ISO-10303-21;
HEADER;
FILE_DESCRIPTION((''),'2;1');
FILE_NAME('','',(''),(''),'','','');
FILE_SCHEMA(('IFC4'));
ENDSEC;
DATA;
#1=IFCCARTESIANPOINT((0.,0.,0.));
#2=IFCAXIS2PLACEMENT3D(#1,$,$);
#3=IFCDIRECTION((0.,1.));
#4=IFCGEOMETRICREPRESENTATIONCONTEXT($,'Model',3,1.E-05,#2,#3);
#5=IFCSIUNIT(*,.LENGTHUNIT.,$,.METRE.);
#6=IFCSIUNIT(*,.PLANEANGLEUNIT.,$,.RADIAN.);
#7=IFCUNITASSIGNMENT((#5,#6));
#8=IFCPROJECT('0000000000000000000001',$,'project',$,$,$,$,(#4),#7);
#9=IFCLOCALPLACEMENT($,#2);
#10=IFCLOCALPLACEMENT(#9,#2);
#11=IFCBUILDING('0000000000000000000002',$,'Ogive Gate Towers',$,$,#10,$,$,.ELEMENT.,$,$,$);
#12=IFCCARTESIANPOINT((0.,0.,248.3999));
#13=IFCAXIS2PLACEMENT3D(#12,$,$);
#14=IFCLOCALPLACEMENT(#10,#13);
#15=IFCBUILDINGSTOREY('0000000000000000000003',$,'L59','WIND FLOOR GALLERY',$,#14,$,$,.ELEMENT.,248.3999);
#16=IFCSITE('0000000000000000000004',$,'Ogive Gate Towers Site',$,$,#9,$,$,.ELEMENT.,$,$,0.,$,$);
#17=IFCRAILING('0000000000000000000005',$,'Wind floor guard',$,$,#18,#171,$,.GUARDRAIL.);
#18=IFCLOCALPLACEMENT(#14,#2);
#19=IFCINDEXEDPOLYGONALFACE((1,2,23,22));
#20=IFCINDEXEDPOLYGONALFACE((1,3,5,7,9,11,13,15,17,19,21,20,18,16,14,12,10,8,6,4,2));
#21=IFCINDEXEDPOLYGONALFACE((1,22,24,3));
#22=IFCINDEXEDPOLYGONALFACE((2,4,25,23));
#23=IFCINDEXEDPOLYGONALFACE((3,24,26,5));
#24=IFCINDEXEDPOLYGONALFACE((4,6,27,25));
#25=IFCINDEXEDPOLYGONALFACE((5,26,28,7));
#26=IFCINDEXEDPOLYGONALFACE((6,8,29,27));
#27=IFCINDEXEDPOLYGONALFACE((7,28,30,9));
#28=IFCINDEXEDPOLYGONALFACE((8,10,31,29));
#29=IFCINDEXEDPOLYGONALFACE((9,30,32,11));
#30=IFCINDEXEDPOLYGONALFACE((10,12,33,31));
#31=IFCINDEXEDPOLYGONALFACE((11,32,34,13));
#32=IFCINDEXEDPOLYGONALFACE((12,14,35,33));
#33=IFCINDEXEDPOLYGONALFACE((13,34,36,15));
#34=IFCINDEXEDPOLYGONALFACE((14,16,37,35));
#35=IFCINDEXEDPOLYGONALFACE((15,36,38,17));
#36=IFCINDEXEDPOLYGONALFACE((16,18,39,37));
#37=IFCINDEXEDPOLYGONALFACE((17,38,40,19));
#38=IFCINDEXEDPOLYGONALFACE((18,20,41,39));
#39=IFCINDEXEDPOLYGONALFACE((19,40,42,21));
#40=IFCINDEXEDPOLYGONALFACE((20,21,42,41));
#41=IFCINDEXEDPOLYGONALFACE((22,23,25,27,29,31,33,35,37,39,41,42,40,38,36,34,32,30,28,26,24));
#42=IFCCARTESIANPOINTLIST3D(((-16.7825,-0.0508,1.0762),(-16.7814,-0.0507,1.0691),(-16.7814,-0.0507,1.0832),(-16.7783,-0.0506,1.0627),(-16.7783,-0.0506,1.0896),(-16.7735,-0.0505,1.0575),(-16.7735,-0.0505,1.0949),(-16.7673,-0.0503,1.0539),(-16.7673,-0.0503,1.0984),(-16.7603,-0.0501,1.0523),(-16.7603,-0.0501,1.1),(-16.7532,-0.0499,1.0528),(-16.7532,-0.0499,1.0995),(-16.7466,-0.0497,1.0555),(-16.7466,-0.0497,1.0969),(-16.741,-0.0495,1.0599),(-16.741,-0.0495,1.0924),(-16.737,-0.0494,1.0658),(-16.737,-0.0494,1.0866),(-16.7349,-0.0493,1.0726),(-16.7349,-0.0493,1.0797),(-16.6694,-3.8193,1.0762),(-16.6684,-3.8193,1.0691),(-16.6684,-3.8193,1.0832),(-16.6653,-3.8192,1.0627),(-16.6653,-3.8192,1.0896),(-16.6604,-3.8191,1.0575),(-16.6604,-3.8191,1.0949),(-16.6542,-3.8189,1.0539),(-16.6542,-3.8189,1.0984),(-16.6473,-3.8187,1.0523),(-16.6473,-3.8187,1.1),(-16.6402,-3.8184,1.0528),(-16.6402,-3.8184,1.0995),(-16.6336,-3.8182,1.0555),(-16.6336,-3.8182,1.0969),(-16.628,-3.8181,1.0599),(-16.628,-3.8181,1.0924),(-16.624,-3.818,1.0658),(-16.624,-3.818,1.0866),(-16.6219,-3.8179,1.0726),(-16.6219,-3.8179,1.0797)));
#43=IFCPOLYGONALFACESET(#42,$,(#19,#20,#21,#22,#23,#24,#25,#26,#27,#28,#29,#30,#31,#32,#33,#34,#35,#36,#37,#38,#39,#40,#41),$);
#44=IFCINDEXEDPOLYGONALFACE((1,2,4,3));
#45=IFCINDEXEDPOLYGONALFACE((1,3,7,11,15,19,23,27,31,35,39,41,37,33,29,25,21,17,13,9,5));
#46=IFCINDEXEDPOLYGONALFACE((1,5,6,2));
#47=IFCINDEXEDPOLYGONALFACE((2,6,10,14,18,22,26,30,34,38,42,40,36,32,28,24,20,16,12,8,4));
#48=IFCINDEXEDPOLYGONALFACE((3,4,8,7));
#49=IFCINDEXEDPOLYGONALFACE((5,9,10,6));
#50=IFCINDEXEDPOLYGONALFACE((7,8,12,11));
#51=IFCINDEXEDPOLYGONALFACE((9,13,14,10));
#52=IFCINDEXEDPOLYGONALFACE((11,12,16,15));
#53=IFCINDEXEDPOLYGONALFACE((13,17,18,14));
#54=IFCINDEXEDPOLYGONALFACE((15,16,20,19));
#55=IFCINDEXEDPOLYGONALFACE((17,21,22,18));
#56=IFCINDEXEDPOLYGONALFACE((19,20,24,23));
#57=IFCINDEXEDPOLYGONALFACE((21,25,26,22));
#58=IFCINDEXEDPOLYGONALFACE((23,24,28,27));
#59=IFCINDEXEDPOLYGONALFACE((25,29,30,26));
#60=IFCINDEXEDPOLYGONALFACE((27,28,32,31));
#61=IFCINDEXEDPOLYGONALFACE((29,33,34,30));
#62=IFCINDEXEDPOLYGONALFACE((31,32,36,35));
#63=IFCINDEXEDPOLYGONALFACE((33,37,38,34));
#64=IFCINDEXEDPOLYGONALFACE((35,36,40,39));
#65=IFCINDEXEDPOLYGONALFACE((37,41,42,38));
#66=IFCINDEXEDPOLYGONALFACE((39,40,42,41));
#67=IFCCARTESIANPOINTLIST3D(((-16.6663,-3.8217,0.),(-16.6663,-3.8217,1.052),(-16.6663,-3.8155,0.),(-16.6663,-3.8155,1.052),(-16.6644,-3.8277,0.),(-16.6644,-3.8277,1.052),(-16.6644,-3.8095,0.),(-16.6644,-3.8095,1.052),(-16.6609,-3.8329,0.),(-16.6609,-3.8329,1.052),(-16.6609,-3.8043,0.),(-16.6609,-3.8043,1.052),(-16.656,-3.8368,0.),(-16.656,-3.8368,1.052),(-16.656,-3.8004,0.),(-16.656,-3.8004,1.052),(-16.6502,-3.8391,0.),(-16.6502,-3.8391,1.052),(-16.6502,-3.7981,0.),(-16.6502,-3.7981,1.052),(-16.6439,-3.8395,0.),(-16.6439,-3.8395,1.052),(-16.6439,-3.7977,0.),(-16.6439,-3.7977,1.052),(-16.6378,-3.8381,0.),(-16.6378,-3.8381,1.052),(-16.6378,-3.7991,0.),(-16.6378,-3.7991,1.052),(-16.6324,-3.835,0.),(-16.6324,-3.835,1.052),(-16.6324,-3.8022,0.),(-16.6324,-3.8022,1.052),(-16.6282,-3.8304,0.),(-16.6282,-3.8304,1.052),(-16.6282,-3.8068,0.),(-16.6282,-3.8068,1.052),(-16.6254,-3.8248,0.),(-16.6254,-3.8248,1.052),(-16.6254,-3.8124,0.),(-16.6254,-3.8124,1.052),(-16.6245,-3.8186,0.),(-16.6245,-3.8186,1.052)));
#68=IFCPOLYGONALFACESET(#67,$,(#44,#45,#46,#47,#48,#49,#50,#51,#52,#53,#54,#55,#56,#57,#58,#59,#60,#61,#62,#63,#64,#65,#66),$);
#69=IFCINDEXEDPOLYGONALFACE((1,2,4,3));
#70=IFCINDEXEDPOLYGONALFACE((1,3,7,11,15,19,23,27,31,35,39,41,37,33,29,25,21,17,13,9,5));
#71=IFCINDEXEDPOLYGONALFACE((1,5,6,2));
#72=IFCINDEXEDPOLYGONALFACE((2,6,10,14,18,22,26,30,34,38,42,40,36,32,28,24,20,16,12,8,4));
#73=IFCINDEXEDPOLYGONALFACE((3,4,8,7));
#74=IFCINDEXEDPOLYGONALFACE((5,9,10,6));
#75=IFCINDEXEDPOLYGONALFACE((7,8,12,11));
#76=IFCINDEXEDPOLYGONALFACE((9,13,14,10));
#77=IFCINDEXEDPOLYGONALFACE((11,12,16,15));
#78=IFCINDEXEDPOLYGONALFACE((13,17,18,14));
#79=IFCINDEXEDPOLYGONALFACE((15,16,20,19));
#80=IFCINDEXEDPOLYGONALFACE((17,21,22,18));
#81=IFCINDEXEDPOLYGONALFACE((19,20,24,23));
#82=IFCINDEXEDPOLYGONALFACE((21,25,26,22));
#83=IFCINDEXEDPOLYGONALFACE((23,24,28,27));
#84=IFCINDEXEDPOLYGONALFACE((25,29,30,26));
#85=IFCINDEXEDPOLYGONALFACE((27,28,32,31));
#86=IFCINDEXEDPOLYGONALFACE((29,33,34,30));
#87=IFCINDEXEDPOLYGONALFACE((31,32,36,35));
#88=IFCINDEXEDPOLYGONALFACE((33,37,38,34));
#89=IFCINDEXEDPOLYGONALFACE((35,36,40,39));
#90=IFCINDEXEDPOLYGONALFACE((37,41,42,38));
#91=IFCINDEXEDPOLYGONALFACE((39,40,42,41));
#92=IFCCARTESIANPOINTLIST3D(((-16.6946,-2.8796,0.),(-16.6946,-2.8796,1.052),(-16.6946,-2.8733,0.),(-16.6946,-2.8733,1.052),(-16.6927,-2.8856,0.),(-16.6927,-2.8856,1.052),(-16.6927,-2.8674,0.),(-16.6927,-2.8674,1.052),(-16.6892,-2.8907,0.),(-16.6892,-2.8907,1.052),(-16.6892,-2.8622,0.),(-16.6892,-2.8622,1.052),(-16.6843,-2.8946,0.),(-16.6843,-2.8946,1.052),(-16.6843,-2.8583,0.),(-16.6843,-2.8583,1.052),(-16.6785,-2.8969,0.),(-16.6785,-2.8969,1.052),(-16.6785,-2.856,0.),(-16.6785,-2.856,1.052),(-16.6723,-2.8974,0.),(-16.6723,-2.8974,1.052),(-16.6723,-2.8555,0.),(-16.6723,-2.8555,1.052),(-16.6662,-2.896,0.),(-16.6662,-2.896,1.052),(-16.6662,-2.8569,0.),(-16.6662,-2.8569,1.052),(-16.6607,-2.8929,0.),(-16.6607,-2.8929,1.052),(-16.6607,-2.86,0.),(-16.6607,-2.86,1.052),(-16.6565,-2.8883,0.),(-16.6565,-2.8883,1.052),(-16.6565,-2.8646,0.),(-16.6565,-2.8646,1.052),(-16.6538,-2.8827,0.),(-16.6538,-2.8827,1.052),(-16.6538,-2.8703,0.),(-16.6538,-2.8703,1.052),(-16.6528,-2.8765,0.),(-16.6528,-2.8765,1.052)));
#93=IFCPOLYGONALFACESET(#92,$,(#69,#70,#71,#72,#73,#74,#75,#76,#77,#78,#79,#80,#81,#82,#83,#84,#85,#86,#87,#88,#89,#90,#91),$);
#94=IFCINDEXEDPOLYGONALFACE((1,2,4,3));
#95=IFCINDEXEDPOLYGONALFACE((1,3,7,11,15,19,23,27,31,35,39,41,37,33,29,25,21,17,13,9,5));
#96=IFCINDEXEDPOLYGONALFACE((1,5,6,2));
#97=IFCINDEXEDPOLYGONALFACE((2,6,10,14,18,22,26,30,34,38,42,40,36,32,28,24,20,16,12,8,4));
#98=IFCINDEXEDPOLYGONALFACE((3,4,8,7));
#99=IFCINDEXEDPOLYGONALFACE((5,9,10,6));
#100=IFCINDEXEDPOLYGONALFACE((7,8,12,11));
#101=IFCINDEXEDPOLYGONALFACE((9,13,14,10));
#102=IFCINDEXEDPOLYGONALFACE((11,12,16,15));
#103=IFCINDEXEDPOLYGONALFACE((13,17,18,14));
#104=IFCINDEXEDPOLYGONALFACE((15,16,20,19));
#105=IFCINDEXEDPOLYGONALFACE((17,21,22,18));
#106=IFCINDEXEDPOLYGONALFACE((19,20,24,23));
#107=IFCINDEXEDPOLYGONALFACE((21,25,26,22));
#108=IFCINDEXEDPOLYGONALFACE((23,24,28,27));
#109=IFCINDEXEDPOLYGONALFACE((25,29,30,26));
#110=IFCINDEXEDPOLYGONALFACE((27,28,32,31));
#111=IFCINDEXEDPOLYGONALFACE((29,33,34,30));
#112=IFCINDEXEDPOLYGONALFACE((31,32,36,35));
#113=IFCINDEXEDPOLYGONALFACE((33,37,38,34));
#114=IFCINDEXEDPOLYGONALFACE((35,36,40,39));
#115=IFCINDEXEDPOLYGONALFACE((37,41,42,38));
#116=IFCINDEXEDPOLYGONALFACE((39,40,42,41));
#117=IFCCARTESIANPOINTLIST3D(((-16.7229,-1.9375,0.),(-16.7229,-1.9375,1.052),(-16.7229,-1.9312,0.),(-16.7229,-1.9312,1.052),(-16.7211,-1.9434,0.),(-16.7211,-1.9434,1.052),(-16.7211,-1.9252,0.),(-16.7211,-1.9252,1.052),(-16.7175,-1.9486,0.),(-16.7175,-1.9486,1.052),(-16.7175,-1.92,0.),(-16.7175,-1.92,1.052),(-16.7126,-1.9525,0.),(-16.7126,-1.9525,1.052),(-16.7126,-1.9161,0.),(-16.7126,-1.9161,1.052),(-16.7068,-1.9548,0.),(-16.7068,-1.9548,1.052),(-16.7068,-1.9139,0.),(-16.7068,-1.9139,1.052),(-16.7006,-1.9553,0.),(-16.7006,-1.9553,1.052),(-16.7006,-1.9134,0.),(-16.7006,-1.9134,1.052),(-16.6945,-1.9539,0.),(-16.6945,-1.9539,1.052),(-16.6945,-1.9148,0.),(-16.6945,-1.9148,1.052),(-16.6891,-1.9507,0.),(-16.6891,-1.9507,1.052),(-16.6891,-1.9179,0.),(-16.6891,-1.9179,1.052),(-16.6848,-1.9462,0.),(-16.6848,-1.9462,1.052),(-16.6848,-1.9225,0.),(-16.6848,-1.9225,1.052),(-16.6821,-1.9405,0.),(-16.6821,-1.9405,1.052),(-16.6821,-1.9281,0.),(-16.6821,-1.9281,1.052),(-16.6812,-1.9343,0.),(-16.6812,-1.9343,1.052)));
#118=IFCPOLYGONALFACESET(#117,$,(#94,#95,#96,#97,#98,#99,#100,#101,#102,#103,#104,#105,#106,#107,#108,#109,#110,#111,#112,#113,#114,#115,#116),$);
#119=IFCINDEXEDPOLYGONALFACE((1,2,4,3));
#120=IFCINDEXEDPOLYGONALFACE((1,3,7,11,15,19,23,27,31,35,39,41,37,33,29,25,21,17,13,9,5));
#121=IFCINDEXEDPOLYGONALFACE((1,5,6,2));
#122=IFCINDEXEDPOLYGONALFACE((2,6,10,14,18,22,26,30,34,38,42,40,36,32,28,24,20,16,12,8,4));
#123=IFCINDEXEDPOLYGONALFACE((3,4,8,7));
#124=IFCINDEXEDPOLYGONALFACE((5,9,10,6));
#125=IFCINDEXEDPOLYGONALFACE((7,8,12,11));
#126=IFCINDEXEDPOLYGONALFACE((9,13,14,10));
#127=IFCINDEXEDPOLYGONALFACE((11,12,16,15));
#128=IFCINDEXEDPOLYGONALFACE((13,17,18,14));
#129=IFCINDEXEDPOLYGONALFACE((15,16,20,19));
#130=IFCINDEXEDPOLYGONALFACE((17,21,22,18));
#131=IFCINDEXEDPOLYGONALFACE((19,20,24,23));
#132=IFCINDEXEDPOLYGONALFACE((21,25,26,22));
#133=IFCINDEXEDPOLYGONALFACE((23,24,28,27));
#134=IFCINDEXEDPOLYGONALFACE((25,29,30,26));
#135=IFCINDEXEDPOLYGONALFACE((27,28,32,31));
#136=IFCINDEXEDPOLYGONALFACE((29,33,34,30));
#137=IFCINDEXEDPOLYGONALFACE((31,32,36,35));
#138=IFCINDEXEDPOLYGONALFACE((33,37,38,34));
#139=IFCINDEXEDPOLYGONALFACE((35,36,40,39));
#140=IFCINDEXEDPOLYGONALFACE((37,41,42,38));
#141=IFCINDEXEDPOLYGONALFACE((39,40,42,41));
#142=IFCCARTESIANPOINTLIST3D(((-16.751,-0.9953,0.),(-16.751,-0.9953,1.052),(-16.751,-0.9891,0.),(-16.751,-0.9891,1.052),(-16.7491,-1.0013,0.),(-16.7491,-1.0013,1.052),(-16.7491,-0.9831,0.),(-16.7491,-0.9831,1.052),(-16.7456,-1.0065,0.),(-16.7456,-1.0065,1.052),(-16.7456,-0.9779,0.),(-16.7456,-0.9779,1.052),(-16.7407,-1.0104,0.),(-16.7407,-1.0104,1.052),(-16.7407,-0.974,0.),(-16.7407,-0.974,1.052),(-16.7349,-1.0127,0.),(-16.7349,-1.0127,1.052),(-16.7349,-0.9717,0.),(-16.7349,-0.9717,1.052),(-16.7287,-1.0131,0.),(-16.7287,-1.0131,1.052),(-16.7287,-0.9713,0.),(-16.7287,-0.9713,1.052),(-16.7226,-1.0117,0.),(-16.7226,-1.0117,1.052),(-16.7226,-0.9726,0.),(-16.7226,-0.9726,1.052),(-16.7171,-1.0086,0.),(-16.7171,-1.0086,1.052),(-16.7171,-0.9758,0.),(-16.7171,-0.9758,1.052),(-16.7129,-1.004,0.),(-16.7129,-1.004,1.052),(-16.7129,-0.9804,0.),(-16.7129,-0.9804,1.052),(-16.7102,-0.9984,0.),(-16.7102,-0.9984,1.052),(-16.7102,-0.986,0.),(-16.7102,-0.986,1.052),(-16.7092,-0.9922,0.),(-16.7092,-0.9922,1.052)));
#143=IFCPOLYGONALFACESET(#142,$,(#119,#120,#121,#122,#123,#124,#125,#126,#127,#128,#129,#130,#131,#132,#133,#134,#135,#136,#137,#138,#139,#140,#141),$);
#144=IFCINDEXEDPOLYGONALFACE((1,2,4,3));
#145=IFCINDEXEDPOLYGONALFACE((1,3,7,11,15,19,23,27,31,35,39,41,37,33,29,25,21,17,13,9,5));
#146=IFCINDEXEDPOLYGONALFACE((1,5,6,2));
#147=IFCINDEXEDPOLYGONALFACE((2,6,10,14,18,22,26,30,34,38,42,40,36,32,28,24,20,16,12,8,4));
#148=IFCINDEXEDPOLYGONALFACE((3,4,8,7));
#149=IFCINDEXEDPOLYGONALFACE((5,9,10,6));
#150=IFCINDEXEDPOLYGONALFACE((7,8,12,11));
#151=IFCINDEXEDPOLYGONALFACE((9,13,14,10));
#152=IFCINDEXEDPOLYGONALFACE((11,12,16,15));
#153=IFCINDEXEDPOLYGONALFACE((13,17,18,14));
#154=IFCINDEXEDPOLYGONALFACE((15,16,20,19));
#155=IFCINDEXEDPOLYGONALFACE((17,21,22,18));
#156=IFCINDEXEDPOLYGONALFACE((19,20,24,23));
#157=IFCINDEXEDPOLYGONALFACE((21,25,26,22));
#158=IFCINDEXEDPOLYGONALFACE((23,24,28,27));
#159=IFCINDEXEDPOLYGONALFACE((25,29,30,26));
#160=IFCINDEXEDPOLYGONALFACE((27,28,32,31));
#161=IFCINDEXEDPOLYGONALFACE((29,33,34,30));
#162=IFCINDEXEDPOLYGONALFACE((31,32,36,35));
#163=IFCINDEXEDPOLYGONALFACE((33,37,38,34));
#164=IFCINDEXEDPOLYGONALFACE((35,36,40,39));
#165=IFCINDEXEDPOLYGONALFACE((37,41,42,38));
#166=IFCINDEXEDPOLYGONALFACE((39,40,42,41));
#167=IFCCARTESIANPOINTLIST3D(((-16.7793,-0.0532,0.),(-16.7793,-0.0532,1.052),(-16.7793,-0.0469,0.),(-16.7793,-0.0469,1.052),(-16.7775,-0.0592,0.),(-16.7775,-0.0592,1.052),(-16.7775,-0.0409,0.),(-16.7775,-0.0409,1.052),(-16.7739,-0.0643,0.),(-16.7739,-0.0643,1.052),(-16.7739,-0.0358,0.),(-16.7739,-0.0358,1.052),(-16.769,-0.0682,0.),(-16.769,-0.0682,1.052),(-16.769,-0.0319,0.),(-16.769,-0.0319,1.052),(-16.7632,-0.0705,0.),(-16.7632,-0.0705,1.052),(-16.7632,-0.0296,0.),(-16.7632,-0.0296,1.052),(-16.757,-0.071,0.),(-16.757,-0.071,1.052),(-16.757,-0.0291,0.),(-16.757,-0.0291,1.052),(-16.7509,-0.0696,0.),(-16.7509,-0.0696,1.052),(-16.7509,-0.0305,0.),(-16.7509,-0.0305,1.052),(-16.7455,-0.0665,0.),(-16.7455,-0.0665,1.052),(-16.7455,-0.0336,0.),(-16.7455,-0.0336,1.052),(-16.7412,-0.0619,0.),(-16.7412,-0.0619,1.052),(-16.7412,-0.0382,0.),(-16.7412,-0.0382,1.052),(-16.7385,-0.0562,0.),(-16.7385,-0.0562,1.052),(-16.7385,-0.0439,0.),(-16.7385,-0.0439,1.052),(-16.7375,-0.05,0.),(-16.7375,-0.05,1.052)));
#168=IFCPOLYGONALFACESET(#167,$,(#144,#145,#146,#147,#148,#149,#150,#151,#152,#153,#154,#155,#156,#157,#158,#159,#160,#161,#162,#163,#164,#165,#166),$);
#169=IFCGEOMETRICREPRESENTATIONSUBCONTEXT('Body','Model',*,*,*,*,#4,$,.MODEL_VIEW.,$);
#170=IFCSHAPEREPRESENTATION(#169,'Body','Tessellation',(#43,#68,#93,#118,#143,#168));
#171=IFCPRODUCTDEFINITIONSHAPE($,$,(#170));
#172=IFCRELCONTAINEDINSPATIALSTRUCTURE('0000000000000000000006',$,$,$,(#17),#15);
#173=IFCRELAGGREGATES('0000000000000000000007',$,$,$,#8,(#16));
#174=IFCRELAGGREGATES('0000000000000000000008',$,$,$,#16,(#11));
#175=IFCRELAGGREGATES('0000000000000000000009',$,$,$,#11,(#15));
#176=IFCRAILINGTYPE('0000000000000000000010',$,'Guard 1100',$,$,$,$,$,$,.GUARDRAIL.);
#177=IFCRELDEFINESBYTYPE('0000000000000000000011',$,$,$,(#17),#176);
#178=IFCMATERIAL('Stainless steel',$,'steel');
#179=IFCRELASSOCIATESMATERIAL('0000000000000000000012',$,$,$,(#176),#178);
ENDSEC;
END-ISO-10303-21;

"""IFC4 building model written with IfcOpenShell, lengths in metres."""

from ifc_helpers import new_model, si_unit, direction, frame, origin, origin_2d, place, context, subcontext, project, spatial, circle, extrude, material, type_object, element, save


model = new_model("IFC4")

# Units and contexts
model_context = context("Model", 3, precision=1e-05, world=origin(), true_north=direction((0.0, 1.0)))
body_context = subcontext(model_context, "Body", "Model", "MODEL_VIEW")
ifc_project = project(units=[si_unit("LENGTHUNIT", "METRE"), si_unit("PLANEANGLEUNIT", "RADIAN")], contexts=[model_context])

# Site, building, storey
site_placement = place(None, origin())
site = spatial("IfcSite", under=ifc_project, at=site_placement, Name="Ogive Gate Towers Site", CompositionType="ELEMENT", RefElevation=0.0)
building_placement = place(site_placement, origin())
building = spatial("IfcBuilding", under=site, at=building_placement, Name="Ogive Gate Towers", CompositionType="ELEMENT")
storey_placement = place(building_placement, frame((0.0, 0.0, 248.3999)))
storey = spatial("IfcBuildingStorey", under=building, at=storey_placement, Name="L59", Description="WIND FLOOR GALLERY", CompositionType="ELEMENT", Elevation=248.3999)

# Railing
ifc_material_1 = material(Name="Stainless steel", Category="steel")
railing_type_1 = type_object("IfcRailingType", Name="Guard 1100", PredefinedType="GUARDRAIL", material=ifc_material_1)
railing_1_placement = place(storey_placement, frame((-16.6455, -3.8186, 0.0)))
element("IfcRailing", 1, at=railing_1_placement, inside=storey, type_object=railing_type_1, Name="Wind floor guard", PredefinedType="GUARDRAIL", context=body_context, shape_type="SweptSolid", body=[
    extrude(circle(Radius=0.0239, at=origin_2d()), frame((0.0, 0.0, 1.0762), z_axis=(-0.029981, 0.99955, 0.0), x_axis=(-0.99955, -0.029981, 0.0)), (0.0, 0.0, 1.0), 3.7703),
    extrude(circle(Radius=0.021, at=origin_2d()), origin(), (0.0, 0.0, 1.0), 1.052),
    extrude(circle(Radius=0.021, at=origin_2d()), frame((-0.0283, 0.9421, 0.0)), (0.0, 0.0, 1.0), 1.052),
    extrude(circle(Radius=0.021, at=origin_2d()), frame((-0.0566, 1.8843, 0.0)), (0.0, 0.0, 1.0), 1.052),
    extrude(circle(Radius=0.021, at=origin_2d()), frame((-0.0847, 2.8264, 0.0)), (0.0, 0.0, 1.0), 1.052),
    extrude(circle(Radius=0.021, at=origin_2d()), frame((-0.113, 3.7686, 0.0)), (0.0, 0.0, 1.0), 1.052),
])

save(model, "model.ifc")
